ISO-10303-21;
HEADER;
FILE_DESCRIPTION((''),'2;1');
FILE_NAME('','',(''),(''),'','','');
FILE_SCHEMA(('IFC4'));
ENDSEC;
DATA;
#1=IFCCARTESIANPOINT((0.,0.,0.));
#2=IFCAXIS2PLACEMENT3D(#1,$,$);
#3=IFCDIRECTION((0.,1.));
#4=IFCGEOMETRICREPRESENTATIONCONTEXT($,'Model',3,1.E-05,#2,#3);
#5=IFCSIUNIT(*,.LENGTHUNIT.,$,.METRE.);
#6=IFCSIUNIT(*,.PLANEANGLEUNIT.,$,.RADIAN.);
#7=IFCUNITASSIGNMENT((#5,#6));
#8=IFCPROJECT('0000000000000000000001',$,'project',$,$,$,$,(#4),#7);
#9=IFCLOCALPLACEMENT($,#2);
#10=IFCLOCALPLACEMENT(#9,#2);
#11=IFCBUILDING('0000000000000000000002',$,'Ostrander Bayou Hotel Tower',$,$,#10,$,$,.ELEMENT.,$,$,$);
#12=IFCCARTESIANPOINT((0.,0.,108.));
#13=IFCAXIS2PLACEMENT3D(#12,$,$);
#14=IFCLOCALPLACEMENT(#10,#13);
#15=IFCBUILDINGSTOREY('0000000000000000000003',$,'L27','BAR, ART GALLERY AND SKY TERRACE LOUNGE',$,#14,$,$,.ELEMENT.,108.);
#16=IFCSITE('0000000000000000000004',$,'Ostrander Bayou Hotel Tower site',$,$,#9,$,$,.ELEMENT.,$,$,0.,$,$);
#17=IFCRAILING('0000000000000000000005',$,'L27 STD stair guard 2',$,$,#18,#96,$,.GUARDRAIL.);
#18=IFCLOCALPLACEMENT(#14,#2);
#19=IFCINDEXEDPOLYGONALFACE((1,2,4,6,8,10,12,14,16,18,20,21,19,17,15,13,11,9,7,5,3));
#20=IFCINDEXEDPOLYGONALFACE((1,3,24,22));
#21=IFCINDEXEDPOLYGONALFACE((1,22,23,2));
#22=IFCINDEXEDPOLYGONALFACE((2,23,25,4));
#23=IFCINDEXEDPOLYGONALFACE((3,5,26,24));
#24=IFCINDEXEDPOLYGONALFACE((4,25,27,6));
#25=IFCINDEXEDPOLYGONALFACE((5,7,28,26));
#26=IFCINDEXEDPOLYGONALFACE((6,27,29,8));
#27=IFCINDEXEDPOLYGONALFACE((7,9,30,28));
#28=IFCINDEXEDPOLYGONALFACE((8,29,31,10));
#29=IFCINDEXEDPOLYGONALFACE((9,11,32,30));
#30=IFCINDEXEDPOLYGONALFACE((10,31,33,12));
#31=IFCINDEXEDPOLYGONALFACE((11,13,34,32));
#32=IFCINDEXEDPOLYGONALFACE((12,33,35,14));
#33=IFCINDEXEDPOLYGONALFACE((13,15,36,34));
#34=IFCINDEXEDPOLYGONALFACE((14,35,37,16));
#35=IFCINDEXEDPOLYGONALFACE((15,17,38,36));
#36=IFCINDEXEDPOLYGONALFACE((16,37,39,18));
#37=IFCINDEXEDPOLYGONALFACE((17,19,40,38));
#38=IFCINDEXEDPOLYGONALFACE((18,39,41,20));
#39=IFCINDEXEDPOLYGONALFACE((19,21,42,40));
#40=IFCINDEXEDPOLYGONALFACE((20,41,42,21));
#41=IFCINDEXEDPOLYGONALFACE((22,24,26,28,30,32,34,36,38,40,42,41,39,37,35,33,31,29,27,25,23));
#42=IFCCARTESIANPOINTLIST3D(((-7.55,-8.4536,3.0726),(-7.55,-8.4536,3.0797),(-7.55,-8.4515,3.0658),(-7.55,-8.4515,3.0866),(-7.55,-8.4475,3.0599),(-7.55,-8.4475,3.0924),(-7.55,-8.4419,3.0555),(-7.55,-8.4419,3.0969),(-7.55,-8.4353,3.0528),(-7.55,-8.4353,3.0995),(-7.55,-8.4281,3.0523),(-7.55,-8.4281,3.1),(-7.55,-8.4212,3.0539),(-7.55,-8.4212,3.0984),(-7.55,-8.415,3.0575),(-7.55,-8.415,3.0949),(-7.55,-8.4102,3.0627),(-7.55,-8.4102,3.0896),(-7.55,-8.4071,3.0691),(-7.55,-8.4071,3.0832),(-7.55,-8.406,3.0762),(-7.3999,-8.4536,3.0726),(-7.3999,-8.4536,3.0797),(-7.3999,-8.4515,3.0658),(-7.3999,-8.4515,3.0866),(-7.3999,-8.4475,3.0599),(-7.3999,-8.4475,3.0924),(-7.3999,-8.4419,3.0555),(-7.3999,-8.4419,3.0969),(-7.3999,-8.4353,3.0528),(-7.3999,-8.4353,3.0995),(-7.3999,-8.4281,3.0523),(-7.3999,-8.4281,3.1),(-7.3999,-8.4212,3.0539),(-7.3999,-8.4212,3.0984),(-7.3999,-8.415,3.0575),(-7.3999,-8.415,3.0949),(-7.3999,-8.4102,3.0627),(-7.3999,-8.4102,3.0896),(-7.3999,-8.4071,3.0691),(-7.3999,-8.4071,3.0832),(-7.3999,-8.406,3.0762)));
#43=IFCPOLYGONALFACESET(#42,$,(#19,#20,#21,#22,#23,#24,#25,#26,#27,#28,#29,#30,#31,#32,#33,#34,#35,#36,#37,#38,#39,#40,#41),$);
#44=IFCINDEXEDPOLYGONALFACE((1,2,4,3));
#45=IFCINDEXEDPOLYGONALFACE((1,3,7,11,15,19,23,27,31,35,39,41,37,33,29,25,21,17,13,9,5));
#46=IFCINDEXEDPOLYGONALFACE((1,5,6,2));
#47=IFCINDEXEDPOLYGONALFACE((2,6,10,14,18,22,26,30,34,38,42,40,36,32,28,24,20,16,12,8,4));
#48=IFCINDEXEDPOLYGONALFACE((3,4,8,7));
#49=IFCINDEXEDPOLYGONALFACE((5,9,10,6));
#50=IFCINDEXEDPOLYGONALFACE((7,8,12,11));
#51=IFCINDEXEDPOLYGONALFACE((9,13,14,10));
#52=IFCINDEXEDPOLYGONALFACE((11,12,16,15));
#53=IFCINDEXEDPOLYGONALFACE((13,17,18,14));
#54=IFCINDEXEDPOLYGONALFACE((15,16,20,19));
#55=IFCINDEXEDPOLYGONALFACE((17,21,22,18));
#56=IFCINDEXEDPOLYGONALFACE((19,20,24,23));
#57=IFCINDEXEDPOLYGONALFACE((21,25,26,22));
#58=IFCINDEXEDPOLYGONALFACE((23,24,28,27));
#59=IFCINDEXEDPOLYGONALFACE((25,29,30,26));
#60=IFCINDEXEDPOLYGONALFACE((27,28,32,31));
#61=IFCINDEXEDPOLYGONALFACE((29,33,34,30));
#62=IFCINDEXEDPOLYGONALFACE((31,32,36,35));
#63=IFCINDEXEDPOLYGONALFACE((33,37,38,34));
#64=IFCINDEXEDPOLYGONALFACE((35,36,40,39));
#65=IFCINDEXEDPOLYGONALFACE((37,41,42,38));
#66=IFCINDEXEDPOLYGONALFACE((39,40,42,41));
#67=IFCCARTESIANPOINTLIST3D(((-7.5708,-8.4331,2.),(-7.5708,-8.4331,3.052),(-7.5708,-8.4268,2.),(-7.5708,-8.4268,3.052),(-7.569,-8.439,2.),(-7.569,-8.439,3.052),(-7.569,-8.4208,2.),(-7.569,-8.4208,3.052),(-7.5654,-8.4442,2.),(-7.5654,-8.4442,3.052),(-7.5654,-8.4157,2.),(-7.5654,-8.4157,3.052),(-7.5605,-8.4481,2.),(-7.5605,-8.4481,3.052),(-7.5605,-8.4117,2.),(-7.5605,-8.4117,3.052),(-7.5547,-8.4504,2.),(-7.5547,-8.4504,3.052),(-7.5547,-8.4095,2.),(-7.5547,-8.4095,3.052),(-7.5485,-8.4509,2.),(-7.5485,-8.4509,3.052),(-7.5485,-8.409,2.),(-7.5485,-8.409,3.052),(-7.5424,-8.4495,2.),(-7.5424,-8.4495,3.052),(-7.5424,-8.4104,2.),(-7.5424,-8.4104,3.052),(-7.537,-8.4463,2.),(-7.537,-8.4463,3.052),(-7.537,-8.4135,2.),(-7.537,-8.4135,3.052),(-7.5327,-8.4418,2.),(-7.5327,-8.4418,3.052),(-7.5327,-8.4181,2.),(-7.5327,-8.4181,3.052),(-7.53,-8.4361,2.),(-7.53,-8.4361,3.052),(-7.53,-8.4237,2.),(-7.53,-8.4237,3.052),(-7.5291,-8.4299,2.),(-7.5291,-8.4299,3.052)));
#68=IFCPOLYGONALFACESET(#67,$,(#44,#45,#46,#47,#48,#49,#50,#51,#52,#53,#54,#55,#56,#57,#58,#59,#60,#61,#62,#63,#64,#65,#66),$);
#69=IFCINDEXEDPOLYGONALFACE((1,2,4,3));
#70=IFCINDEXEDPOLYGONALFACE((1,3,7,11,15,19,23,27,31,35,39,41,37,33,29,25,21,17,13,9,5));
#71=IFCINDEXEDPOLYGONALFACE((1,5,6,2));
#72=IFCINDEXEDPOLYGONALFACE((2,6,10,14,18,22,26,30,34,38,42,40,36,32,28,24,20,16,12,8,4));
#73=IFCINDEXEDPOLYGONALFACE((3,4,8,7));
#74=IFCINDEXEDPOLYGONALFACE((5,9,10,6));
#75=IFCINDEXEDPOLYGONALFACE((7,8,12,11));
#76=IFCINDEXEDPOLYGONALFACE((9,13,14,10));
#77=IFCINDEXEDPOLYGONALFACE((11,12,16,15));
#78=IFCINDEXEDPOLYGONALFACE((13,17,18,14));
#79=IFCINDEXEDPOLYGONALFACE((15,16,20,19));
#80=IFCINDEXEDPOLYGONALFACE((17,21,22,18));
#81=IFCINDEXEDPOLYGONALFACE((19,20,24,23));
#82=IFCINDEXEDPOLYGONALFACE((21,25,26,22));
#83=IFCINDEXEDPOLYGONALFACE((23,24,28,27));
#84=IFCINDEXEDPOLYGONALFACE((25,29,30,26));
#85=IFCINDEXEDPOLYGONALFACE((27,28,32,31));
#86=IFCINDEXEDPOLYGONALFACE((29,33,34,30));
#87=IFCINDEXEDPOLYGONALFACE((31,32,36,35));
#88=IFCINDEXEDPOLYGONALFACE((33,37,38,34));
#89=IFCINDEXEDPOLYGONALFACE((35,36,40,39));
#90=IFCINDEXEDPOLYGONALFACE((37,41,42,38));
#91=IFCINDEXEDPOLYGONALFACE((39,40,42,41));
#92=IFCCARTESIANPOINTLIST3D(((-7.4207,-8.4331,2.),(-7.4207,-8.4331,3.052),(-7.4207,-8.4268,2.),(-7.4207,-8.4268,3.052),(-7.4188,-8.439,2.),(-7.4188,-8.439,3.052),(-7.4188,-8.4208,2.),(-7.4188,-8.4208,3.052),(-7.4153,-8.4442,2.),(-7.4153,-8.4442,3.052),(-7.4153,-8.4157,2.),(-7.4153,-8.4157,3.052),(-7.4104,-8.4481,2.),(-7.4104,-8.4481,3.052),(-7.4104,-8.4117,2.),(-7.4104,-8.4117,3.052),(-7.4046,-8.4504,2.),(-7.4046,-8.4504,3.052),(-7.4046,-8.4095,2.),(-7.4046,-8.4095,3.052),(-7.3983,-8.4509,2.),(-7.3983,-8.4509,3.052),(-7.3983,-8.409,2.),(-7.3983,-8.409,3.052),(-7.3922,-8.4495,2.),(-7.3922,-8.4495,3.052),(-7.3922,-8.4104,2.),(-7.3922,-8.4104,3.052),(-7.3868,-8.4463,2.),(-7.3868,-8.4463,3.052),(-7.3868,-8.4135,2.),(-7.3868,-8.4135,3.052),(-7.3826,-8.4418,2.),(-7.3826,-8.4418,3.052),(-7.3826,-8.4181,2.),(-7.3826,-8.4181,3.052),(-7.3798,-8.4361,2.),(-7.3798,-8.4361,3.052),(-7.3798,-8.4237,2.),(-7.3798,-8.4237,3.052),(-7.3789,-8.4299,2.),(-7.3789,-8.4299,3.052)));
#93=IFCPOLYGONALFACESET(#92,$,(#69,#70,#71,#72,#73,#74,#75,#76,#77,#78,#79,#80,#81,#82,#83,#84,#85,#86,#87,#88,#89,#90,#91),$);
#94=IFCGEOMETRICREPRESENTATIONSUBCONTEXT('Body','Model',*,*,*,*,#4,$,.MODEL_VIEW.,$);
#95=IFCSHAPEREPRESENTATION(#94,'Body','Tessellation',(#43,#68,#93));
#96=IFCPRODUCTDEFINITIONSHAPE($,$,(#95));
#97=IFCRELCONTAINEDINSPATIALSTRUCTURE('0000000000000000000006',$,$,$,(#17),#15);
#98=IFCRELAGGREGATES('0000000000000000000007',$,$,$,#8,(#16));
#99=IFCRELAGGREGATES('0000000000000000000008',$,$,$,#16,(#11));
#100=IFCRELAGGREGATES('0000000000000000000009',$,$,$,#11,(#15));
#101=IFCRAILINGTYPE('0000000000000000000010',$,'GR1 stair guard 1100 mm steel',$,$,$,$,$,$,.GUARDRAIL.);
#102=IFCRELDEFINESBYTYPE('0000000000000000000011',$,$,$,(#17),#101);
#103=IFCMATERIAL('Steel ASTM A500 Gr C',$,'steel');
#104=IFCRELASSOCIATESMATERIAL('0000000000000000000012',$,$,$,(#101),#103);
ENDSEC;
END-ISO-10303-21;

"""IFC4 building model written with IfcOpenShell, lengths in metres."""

from ifc_helpers import new_model, si_unit, direction, frame, origin, origin_2d, place, context, subcontext, project, spatial, circle, extrude, material, type_object, element, save


model = new_model("IFC4")

# Units and contexts
model_context = context("Model", 3, precision=1e-05, world=origin(), true_north=direction((0.0, 1.0)))
body_context = subcontext(model_context, "Body", "Model", "MODEL_VIEW")
ifc_project = project(units=[si_unit("LENGTHUNIT", "METRE"), si_unit("PLANEANGLEUNIT", "RADIAN")], contexts=[model_context])

# Site, building, storey
site_placement = place(None, origin())
site = spatial("IfcSite", under=ifc_project, at=site_placement, Name="Ostrander Bayou Hotel Tower site", CompositionType="ELEMENT", RefElevation=0.0)
building_placement = place(site_placement, origin())
building = spatial("IfcBuilding", under=site, at=building_placement, Name="Ostrander Bayou Hotel Tower", CompositionType="ELEMENT")
storey_placement = place(building_placement, frame((0.0, 0.0, 108.0)))
storey = spatial("IfcBuildingStorey", under=building, at=storey_placement, Name="L27", Description="BAR, ART GALLERY AND SKY TERRACE LOUNGE", CompositionType="ELEMENT", Elevation=108.0)

# Railing
ifc_material_1 = material(Name="Steel ASTM A500 Gr C", Category="steel")
railing_type_1 = type_object("IfcRailingType", Name="GR1 stair guard 1100 mm steel", PredefinedType="GUARDRAIL", material=ifc_material_1)
railing_1_placement = place(storey_placement, frame((-7.55, -8.4299, 2.0)))
element("IfcRailing", 1, at=railing_1_placement, inside=storey, type_object=railing_type_1, Name="L27 STD stair guard 2", PredefinedType="GUARDRAIL", context=body_context, shape_type="SweptSolid", body=[
    extrude(circle(Radius=0.0239, at=origin_2d()), frame((0.0, 0.0, 1.0762), z_axis=(1.0, 0.0, 0.0), x_axis=(0.0, 1.0, 0.0)), (0.0, 0.0, 1.0), 0.1501),
    extrude(circle(Radius=0.021, at=origin_2d()), origin(), (0.0, 0.0, 1.0), 1.052),
    extrude(circle(Radius=0.021, at=origin_2d()), frame((0.1501, 0.0, 0.0)), (0.0, 0.0, 1.0), 1.052),
])

save(model, "model.ifc")
